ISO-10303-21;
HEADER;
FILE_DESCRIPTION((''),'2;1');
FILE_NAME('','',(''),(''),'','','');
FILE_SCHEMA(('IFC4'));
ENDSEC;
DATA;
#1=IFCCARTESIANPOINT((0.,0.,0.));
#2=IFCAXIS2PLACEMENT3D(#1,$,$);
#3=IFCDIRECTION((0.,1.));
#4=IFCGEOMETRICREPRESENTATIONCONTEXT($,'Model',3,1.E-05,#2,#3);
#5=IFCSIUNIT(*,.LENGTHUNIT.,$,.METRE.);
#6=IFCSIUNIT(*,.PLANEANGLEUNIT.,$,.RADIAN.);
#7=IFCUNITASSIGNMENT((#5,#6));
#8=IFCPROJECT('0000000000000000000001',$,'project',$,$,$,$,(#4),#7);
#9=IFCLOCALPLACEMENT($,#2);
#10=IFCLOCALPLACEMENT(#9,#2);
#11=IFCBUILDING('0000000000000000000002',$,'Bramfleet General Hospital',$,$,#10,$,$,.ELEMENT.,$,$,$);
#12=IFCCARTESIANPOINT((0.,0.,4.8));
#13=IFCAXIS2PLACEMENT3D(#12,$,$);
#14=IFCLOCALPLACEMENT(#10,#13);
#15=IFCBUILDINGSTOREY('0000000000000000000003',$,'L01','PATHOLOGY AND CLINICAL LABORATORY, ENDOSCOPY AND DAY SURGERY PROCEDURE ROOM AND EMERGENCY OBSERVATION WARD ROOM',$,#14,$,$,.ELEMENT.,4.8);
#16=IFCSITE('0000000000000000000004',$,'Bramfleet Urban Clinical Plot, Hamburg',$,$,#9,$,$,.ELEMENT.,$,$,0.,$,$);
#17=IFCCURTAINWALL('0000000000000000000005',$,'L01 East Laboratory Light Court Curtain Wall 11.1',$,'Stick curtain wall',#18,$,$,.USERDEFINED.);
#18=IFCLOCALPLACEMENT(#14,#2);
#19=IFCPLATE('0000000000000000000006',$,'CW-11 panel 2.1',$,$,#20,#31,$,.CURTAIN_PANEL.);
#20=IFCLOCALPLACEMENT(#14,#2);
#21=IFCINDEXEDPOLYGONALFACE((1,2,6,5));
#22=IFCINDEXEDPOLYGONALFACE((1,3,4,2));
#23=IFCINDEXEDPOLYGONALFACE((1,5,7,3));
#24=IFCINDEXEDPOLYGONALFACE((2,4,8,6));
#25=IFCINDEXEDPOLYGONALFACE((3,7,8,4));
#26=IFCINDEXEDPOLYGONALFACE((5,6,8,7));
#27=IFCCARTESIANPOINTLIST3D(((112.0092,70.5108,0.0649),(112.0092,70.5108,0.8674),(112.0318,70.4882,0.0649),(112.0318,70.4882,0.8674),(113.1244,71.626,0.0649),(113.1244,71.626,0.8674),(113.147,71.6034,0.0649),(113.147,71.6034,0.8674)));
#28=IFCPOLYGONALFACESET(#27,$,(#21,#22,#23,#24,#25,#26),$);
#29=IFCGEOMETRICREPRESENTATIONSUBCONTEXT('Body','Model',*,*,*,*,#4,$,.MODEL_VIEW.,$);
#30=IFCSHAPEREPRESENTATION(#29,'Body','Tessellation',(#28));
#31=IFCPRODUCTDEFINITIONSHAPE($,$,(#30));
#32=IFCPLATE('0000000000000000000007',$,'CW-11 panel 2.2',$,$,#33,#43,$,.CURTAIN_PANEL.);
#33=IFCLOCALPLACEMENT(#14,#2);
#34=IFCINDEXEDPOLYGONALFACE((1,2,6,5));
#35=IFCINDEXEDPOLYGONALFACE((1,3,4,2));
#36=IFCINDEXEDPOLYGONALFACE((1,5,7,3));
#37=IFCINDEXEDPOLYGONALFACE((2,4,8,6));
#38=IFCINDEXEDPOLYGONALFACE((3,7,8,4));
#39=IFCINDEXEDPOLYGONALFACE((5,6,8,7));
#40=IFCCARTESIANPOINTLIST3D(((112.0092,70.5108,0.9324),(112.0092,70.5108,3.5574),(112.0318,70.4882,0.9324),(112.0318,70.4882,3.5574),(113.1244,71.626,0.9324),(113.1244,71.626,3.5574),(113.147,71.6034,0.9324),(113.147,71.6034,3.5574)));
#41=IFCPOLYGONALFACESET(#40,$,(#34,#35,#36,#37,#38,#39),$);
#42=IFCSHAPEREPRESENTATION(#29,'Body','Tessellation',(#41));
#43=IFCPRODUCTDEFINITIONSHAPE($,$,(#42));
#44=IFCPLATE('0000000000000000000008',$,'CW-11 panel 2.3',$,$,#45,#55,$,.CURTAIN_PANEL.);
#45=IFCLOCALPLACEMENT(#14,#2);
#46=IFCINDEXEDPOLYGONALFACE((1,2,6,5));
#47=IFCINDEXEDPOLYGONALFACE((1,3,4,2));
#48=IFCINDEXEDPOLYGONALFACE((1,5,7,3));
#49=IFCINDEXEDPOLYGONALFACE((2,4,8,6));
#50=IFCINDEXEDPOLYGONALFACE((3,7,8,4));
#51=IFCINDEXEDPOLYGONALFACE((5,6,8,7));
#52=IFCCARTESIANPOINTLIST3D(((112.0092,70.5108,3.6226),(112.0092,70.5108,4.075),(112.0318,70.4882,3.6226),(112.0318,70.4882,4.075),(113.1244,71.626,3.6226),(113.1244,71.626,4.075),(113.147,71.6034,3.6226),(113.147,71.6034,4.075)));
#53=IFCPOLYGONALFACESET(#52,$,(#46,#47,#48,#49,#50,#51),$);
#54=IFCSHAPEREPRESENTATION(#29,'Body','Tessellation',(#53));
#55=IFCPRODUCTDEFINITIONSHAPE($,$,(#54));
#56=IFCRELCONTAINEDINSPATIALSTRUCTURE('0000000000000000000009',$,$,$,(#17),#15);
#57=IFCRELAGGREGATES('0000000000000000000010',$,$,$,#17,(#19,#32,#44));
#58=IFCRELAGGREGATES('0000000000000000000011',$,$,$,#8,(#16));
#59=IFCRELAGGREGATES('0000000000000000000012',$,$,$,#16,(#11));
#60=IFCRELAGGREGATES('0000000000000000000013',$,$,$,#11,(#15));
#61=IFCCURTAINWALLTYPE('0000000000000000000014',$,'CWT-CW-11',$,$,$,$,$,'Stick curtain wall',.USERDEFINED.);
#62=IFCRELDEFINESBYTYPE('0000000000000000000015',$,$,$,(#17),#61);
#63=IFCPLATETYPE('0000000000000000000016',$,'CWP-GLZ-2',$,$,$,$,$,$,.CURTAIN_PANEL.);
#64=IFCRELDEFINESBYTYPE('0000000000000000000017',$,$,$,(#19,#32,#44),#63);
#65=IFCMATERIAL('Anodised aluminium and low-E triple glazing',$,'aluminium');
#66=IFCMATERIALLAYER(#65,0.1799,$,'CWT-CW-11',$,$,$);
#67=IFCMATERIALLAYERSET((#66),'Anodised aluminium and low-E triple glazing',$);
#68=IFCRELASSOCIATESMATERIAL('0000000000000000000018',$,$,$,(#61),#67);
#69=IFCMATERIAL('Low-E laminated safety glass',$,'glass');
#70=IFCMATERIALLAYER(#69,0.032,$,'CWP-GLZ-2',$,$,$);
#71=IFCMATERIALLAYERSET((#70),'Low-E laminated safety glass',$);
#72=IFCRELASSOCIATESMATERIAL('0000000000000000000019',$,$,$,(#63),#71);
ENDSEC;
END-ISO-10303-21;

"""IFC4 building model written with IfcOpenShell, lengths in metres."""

from ifc_helpers import new_model, si_unit, direction, frame, origin, origin_2d, place, context, subcontext, project, spatial, rectangle, extrude, material, layer, layer_set, type_object, element, aggregate, save


model = new_model("IFC4")

# Units and contexts
model_context = context("Model", 3, precision=1e-05, world=origin(), true_north=direction((0.0, 1.0)))
body_context = subcontext(model_context, "Body", "Model", "MODEL_VIEW")
ifc_project = project(units=[si_unit("LENGTHUNIT", "METRE"), si_unit("PLANEANGLEUNIT", "RADIAN")], contexts=[model_context])

# Site, building, storey
site_placement = place(None, origin())
site = spatial("IfcSite", under=ifc_project, at=site_placement, Name="Bramfleet Urban Clinical Plot, Hamburg", CompositionType="ELEMENT", RefElevation=0.0)
building_placement = place(site_placement, origin())
building = spatial("IfcBuilding", under=site, at=building_placement, Name="Bramfleet General Hospital", CompositionType="ELEMENT")
storey_placement = place(building_placement, frame((0.0, 0.0, 4.8)))
storey = spatial("IfcBuildingStorey", under=building, at=storey_placement, Name="L01", Description="PATHOLOGY AND CLINICAL LABORATORY, ENDOSCOPY AND DAY SURGERY PROCEDURE ROOM AND EMERGENCY OBSERVATION WARD ROOM", CompositionType="ELEMENT", Elevation=4.8)

# Shared definitions
ifc_material_1 = material(Name="Anodised aluminium and low-E triple glazing", Category="aluminium")

# Shared definitions
ifc_layer_1 = layer(ifc_material_1, 0.1799, Name="CWT-CW-11")
ifc_layer_set_1 = layer_set([ifc_layer_1], Name="Anodised aluminium and low-E triple glazing")
curtain_wall_type_1 = type_object("IfcCurtainWallType", Name="CWT-CW-11", ElementType="Stick curtain wall", PredefinedType="USERDEFINED", material=ifc_layer_set_1)

# Curtain wall
curtain_wall_1_placement = place(storey_placement, origin())
curtain_wall_1 = element("IfcCurtainWall", 1, at=curtain_wall_1_placement, inside=storey, type_object=curtain_wall_type_1, Name="L01 East Laboratory Light Court Curtain Wall 11.1", ObjectType="Stick curtain wall", PredefinedType="USERDEFINED")

# Plates
ifc_material_2 = material(Name="Low-E laminated safety glass", Category="glass")
ifc_layer_2 = layer(ifc_material_2, 0.032, Name="CWP-GLZ-2")
ifc_layer_set_2 = layer_set([ifc_layer_2], Name="Low-E laminated safety glass")
plate_type = type_object("IfcPlateType", Name="CWP-GLZ-2", PredefinedType="CURTAIN_PANEL", material=ifc_layer_set_2)
plate_1_placement = place(storey_placement, frame((112.5781, 71.0571, 0.0649), z_axis=(0.0, 0.0, 1.0), x_axis=(-0.707107, -0.707107, 0.0)))
plate_1 = element("IfcPlate", 2, at=plate_1_placement, type_object=plate_type, Name="CW-11 panel 2.1", PredefinedType="CURTAIN_PANEL", context=body_context, shape_type="SweptSolid", body=[
    extrude(rectangle(XDim=1.5771, YDim=0.032, at=origin_2d()), origin(), (0.0, 0.0, 1.0), 0.8025),
])
plate_2_placement = place(storey_placement, frame((112.5781, 71.0571, 0.9324), z_axis=(0.0, 0.0, 1.0), x_axis=(-0.707107, -0.707107, 0.0)))
plate_2 = element("IfcPlate", 3, at=plate_2_placement, type_object=plate_type, Name="CW-11 panel 2.2", PredefinedType="CURTAIN_PANEL", context=body_context, shape_type="SweptSolid", body=[
    extrude(rectangle(XDim=1.5771, YDim=0.032, at=origin_2d()), origin(), (0.0, 0.0, 1.0), 2.625),
])
plate_3_placement = place(storey_placement, frame((112.5781, 71.0571, 3.6226), z_axis=(0.0, 0.0, 1.0), x_axis=(-0.707107, -0.707107, 0.0)))
plate_3 = element("IfcPlate", 4, at=plate_3_placement, type_object=plate_type, Name="CW-11 panel 2.3", PredefinedType="CURTAIN_PANEL", context=body_context, shape_type="SweptSolid", body=[
    extrude(rectangle(XDim=1.5771, YDim=0.032, at=origin_2d()), origin(), (0.0, 0.0, 1.0), 0.4524),
])
aggregate(curtain_wall_1, [plate_1, plate_2, plate_3])

save(model, "model.ifc")
